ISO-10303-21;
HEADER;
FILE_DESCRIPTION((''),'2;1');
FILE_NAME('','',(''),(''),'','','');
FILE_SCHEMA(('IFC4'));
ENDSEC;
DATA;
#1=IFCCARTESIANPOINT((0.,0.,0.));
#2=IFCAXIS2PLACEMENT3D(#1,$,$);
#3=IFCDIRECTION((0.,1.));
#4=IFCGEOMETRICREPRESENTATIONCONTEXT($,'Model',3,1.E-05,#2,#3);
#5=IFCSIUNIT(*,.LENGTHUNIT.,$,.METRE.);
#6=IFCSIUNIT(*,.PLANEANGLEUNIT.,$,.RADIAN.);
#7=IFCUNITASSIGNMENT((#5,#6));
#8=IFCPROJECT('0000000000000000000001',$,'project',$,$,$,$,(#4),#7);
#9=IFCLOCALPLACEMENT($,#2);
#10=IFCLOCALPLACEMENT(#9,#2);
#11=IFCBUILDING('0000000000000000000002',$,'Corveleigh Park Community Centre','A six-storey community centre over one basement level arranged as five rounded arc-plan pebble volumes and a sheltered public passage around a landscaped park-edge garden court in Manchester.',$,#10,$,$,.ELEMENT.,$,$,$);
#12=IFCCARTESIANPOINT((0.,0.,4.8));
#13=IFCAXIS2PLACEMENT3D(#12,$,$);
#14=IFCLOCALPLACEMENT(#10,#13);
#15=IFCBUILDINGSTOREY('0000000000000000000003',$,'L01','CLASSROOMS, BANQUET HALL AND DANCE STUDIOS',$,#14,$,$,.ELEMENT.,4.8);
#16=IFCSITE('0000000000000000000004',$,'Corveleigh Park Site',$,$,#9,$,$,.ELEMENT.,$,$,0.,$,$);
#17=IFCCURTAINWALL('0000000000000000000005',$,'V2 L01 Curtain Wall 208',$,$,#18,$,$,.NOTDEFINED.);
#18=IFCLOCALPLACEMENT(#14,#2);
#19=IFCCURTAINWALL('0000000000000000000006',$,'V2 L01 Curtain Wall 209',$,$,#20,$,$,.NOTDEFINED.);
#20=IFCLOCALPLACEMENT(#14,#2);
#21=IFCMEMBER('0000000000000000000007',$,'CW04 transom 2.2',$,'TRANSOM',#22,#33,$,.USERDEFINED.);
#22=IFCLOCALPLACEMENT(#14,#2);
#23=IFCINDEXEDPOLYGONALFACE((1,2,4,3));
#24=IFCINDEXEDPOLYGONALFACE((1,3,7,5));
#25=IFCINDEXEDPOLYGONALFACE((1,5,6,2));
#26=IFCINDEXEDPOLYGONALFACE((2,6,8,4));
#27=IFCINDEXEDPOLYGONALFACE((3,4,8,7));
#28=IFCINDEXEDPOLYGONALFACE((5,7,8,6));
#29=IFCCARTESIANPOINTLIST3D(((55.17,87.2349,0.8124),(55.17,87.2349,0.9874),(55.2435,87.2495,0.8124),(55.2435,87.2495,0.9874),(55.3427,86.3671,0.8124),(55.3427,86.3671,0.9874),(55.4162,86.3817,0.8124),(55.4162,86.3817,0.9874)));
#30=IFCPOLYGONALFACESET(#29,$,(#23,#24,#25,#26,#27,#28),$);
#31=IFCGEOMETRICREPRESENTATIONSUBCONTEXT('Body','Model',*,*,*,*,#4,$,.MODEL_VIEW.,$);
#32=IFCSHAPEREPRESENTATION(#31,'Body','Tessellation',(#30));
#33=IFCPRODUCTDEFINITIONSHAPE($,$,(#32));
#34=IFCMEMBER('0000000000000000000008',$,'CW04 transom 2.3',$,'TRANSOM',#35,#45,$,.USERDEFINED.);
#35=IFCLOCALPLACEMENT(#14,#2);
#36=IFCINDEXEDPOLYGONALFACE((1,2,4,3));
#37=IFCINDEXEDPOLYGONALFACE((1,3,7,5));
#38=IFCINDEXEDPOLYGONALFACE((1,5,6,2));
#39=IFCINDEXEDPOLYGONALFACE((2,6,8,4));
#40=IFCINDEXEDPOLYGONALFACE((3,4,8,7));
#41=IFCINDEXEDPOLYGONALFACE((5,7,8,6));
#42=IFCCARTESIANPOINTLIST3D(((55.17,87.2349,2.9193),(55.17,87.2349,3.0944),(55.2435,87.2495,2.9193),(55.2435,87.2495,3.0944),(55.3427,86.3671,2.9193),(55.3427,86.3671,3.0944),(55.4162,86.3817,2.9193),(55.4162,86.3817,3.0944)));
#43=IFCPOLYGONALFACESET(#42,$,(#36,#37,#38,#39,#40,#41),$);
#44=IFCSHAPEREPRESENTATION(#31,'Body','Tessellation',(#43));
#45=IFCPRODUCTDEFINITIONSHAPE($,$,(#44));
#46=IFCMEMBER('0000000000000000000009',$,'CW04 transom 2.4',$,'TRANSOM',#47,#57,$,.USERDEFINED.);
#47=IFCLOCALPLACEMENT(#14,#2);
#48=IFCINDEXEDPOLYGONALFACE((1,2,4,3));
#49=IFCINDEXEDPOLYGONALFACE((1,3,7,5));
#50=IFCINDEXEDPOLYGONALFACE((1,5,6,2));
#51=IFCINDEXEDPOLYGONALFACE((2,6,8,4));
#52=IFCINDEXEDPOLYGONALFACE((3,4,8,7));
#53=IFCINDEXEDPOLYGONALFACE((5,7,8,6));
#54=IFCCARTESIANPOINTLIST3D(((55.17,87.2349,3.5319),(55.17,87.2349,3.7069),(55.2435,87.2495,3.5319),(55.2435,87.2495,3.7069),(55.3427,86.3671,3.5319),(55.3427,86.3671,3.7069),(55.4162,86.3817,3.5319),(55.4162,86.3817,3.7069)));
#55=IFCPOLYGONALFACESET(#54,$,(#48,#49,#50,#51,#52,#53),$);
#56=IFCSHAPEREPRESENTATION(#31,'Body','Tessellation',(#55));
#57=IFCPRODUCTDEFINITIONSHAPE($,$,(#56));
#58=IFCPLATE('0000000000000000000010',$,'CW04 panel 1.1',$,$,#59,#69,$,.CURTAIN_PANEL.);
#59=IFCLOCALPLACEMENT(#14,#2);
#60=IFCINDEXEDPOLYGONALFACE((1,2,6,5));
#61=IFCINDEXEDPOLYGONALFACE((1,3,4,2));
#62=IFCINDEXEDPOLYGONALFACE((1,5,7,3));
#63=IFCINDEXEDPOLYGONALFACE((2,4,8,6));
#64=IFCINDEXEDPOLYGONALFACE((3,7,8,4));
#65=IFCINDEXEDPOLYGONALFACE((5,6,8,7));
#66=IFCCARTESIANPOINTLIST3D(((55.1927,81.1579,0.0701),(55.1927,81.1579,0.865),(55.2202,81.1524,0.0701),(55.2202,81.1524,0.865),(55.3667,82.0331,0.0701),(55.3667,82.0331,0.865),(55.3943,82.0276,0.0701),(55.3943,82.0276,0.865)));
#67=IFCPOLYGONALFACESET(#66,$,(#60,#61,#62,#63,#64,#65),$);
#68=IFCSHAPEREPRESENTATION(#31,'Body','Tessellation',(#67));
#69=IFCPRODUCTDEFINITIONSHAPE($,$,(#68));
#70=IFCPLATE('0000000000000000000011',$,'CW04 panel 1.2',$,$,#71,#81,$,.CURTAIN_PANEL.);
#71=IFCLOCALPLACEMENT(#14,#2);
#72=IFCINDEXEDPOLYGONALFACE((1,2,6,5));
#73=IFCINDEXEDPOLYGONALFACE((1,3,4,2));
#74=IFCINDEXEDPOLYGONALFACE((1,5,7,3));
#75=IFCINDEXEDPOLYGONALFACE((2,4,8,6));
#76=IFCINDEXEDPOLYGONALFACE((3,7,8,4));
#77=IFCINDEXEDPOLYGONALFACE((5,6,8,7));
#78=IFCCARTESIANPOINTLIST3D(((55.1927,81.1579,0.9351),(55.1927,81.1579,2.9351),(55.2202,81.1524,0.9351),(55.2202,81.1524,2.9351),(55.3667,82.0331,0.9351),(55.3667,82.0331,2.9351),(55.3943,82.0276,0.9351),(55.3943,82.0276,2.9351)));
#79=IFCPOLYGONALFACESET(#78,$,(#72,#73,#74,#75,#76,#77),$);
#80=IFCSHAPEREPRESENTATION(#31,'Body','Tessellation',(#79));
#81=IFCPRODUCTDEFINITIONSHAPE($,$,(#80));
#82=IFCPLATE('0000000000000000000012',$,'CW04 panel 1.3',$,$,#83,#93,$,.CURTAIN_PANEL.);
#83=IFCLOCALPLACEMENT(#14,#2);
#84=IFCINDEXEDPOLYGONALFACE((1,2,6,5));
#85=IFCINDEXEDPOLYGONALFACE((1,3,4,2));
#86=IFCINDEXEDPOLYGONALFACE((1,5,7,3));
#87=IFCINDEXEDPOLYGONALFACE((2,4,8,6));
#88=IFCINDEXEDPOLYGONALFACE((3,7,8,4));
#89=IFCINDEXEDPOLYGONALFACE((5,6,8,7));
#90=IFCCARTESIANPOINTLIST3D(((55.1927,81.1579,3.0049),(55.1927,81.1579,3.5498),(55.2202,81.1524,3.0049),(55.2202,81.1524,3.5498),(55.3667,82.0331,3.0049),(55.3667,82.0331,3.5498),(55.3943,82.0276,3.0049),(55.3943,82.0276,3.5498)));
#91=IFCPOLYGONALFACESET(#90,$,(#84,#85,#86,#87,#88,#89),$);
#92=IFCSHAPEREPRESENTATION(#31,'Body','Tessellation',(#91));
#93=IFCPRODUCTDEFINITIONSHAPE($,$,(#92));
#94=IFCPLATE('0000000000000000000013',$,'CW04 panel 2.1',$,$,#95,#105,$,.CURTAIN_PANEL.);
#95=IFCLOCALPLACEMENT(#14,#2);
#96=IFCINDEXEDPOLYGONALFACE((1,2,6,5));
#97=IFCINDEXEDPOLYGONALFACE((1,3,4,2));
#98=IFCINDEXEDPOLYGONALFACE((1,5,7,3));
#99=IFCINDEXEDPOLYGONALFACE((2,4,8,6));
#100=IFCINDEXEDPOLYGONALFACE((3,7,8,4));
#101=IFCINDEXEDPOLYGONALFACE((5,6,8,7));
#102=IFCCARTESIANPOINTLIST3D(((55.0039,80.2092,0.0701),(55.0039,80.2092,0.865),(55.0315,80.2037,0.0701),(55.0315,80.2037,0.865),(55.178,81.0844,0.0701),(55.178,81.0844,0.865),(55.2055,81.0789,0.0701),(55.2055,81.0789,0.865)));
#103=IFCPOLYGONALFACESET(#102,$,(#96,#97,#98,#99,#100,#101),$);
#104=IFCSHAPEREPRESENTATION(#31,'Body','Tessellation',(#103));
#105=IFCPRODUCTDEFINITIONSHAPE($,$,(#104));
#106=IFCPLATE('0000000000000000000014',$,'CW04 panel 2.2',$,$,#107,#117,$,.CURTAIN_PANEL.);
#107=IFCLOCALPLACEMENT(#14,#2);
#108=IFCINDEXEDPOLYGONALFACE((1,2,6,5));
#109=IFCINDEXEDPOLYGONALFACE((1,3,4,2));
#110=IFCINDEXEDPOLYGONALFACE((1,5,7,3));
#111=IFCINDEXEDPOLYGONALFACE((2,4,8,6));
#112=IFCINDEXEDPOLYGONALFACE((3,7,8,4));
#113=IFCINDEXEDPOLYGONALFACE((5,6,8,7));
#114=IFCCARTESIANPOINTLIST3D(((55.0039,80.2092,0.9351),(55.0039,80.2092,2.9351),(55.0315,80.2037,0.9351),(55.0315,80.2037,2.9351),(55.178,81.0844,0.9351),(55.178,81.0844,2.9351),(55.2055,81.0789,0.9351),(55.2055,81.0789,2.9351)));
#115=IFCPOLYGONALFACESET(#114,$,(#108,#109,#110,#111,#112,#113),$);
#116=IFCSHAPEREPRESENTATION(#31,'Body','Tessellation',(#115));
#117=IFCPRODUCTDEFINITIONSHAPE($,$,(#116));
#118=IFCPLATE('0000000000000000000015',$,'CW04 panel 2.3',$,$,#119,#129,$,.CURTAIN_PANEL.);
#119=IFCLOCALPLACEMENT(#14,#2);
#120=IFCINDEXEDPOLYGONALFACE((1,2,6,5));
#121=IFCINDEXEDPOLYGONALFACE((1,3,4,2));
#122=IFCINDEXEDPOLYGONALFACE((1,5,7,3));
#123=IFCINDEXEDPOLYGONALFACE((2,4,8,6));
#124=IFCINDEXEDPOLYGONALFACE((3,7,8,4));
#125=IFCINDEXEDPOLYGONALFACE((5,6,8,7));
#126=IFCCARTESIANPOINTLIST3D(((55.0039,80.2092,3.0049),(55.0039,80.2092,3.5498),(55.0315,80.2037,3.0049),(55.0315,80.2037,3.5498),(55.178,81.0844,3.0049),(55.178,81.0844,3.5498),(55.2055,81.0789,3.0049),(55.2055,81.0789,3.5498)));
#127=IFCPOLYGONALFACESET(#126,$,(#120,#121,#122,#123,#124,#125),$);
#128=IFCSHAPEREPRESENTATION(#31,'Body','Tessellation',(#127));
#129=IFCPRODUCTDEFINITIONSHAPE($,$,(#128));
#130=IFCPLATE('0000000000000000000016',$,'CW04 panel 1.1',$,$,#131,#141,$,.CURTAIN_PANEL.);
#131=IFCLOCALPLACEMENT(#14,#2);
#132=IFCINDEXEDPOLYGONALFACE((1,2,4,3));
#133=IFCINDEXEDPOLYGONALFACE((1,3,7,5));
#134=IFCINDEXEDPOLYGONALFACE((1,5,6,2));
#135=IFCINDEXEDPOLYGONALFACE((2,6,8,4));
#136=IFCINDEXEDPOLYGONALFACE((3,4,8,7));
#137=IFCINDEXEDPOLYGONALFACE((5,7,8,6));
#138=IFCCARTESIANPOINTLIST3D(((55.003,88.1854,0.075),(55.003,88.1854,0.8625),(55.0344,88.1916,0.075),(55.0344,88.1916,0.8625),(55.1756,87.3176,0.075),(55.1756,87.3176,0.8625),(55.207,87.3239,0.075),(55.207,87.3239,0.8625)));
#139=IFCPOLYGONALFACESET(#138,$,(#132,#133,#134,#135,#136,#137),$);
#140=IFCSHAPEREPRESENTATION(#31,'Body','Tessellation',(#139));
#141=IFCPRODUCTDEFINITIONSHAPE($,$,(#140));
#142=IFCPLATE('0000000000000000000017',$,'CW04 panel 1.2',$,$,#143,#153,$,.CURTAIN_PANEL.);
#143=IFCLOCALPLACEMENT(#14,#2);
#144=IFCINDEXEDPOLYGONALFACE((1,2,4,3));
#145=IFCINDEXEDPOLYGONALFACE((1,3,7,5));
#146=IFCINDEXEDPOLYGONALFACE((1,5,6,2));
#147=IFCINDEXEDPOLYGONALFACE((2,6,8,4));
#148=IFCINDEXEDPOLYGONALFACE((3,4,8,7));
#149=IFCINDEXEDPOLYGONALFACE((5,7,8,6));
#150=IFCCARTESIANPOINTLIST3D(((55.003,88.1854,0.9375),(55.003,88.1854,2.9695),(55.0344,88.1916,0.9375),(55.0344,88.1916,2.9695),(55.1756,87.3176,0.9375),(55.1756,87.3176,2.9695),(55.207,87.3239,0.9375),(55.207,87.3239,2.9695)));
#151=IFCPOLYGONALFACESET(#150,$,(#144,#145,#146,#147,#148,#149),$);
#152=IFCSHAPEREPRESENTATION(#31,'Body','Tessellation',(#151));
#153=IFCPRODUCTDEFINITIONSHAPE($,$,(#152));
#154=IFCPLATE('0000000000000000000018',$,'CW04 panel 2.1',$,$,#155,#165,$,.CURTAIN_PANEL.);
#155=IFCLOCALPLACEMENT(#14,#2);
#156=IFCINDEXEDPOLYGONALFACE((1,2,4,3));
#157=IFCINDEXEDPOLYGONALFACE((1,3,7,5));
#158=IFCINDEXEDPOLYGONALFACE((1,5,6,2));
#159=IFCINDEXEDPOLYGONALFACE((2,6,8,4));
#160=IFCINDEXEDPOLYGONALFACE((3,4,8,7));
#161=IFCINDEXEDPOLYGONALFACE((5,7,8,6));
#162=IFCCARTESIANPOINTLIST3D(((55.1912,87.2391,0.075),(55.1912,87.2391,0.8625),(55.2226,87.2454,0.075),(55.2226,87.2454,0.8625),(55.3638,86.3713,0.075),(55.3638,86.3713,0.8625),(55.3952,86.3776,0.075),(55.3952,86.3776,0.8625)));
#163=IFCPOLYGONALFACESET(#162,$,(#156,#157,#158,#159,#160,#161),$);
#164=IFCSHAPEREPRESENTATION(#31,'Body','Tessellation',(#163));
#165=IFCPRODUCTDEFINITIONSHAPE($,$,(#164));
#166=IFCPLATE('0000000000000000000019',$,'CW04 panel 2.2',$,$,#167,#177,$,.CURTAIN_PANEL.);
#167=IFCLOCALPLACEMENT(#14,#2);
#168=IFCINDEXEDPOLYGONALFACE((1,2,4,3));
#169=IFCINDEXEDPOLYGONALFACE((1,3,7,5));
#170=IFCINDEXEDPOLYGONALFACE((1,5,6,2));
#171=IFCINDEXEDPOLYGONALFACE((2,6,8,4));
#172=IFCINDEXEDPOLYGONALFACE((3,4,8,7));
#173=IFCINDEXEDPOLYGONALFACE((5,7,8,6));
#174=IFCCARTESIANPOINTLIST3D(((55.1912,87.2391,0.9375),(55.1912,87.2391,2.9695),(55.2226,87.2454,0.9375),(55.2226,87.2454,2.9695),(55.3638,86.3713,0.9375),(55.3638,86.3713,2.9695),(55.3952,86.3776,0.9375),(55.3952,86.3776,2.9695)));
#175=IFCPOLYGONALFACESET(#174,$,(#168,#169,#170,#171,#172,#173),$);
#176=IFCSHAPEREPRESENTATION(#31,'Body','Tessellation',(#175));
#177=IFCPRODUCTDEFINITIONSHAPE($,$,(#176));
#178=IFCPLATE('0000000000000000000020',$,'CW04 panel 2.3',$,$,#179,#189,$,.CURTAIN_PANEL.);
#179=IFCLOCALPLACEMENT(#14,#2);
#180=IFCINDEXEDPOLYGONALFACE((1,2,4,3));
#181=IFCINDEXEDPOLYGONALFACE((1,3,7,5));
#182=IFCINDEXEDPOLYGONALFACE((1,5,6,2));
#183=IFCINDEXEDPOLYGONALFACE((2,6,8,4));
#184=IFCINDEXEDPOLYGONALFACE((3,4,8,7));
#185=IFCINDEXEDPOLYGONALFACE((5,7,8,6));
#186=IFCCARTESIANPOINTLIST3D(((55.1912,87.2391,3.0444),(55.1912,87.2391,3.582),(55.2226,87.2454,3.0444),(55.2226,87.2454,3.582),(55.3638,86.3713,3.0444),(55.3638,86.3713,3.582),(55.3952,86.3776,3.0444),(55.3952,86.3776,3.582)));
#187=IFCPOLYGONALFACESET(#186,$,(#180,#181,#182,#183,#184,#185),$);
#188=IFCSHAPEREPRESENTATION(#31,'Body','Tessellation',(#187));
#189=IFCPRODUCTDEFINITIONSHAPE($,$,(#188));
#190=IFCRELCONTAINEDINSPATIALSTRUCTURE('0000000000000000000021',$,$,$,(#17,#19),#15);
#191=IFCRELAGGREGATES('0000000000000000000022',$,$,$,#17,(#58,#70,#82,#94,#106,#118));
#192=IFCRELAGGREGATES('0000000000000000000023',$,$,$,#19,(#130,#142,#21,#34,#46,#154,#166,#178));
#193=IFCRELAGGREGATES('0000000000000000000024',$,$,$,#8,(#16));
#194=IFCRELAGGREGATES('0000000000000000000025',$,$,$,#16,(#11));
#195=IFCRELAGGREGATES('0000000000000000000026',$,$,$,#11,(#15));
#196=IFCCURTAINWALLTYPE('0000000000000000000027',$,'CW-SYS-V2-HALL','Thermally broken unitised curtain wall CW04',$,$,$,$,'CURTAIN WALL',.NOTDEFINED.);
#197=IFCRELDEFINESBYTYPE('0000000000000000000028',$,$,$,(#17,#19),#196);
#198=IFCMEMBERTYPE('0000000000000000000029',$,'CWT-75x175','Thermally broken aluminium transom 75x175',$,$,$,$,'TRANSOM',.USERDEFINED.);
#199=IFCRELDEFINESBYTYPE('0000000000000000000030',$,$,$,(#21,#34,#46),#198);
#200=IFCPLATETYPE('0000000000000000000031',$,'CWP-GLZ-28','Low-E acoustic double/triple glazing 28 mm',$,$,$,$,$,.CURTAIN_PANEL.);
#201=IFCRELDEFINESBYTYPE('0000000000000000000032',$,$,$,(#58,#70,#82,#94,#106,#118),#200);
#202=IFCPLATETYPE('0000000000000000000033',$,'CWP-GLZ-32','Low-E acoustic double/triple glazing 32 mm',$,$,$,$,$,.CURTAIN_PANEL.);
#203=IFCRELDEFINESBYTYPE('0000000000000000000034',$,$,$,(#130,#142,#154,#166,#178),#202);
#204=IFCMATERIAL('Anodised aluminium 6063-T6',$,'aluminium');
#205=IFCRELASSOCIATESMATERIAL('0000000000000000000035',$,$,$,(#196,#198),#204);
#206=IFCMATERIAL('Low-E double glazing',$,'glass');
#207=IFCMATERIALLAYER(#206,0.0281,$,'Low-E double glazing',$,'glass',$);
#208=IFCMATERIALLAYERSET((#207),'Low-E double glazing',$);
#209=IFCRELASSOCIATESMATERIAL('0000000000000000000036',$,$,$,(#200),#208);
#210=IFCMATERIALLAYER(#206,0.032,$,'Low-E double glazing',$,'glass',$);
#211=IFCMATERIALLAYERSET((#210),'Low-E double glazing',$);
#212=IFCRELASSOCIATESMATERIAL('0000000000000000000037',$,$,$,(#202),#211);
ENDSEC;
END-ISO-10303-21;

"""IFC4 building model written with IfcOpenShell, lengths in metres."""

from ifc_helpers import new_model, si_unit, direction, frame, origin, origin_2d, place, context, subcontext, project, spatial, rectangle, extrude, material, layer, layer_set, material_profile, profile_set, type_object, element, aggregate, save


model = new_model("IFC4")

# Units and contexts
model_context = context("Model", 3, precision=1e-05, world=origin(), true_north=direction((0.0, 1.0)))
body_context = subcontext(model_context, "Body", "Model", "MODEL_VIEW")
ifc_project = project(units=[si_unit("LENGTHUNIT", "METRE"), si_unit("PLANEANGLEUNIT", "RADIAN")], contexts=[model_context])

# Site, building, storey
site_placement = place(None, origin())
site = spatial("IfcSite", under=ifc_project, at=site_placement, Name="Corveleigh Park Site", CompositionType="ELEMENT", RefElevation=0.0)
building_placement = place(site_placement, origin())
building = spatial("IfcBuilding", under=site, at=building_placement, Name="Corveleigh Park Community Centre", Description="A six-storey community centre over one basement level arranged as five rounded arc-plan pebble volumes and a sheltered public passage around a landscaped park-edge garden court in Manchester.", CompositionType="ELEMENT")
storey_placement = place(building_placement, frame((0.0, 0.0, 4.8)))
storey = spatial("IfcBuildingStorey", under=building, at=storey_placement, Name="L01", Description="CLASSROOMS, BANQUET HALL AND DANCE STUDIOS", CompositionType="ELEMENT", Elevation=4.8)

# Curtain walls
ifc_material_1 = material(Name="Anodised aluminium 6063-T6", Category="aluminium")
curtain_wall_type = type_object("IfcCurtainWallType", Name="CW-SYS-V2-HALL", Description="Thermally broken unitised curtain wall CW04", ElementType="CURTAIN WALL", PredefinedType="NOTDEFINED", material=ifc_material_1)
curtain_wall_1_placement = place(storey_placement, origin())
curtain_wall_1 = element("IfcCurtainWall", 1, at=curtain_wall_1_placement, inside=storey, type_object=curtain_wall_type, Name="V2 L01 Curtain Wall 208", PredefinedType="NOTDEFINED")
curtain_wall_2_placement = place(storey_placement, origin())
curtain_wall_2 = element("IfcCurtainWall", 2, at=curtain_wall_2_placement, inside=storey, type_object=curtain_wall_type, Name="V2 L01 Curtain Wall 209", PredefinedType="NOTDEFINED")

# Members
ifc_material_profile_1 = material_profile(ifc_material_1, rectangle(XDim=0.075, YDim=0.175, at=origin_2d()), Name="ALU-T75x175", Category="aluminium")
ifc_profile_set_1 = profile_set([ifc_material_profile_1], Name="Anodised aluminium 6063-T6")
member_type_1 = type_object("IfcMemberType", Name="CWT-75x175", Description="Thermally broken aluminium transom 75x175", ElementType="TRANSOM", PredefinedType="USERDEFINED", material=ifc_profile_set_1)
member_1_placement = place(storey_placement, frame((55.2068, 87.2422, 0.8999), z_axis=(0.195108, -0.980782, 0.0), x_axis=(0.980782, 0.195108, 0.0)))
member_1 = element("IfcMember", 3, at=member_1_placement, type_object=member_type_1, Name="CW04 transom 2.2", ObjectType="TRANSOM", PredefinedType="USERDEFINED", context=body_context, shape_type="SweptSolid", body=[
    extrude(rectangle(XDim=0.075, YDim=0.175, at=origin_2d()), origin(), (0.0, 0.0, 1.0), 0.8848),
])
member_2_placement = place(storey_placement, frame((55.2068, 87.2422, 3.0068), z_axis=(0.195108, -0.980782, 0.0), x_axis=(0.980782, 0.195108, 0.0)))
member_2 = element("IfcMember", 4, at=member_2_placement, type_object=member_type_1, Name="CW04 transom 2.3", ObjectType="TRANSOM", PredefinedType="USERDEFINED", context=body_context, shape_type="SweptSolid", body=[
    extrude(rectangle(XDim=0.075, YDim=0.175, at=origin_2d()), origin(), (0.0, 0.0, 1.0), 0.8848),
])
member_3_placement = place(storey_placement, frame((55.2068, 87.2422, 3.6194), z_axis=(0.195108, -0.980782, 0.0), x_axis=(0.980782, 0.195108, 0.0)))
member_3 = element("IfcMember", 5, at=member_3_placement, type_object=member_type_1, Name="CW04 transom 2.4", ObjectType="TRANSOM", PredefinedType="USERDEFINED", context=body_context, shape_type="SweptSolid", body=[
    extrude(rectangle(XDim=0.075, YDim=0.175, at=origin_2d()), origin(), (0.0, 0.0, 1.0), 0.8848),
])

# Plates
ifc_material_2 = material(Name="Low-E double glazing", Category="glass")
ifc_layer_1 = layer(ifc_material_2, 0.0281, Name="Low-E double glazing", Category="glass")
ifc_layer_set_1 = layer_set([ifc_layer_1], Name="Low-E double glazing")
plate_type_1 = type_object("IfcPlateType", Name="CWP-GLZ-28", Description="Low-E acoustic double/triple glazing 28 mm", PredefinedType="CURTAIN_PANEL", material=ifc_layer_set_1)
plate_1_placement = place(storey_placement, frame((55.2935, 81.5928, 0.0701), z_axis=(0.0, 0.0, 1.0), x_axis=(-0.195063, -0.980791, 0.0)))
plate_1 = element("IfcPlate", 6, at=plate_1_placement, type_object=plate_type_1, Name="CW04 panel 1.1", PredefinedType="CURTAIN_PANEL", context=body_context, shape_type="SweptSolid", body=[
    extrude(rectangle(XDim=0.8923, YDim=0.0281, at=origin_2d()), origin(), (0.0, 0.0, 1.0), 0.7949),
])
plate_2_placement = place(storey_placement, frame((55.2935, 81.5928, 0.9351), z_axis=(0.0, 0.0, 1.0), x_axis=(-0.195063, -0.980791, 0.0)))
plate_2 = element("IfcPlate", 7, at=plate_2_placement, type_object=plate_type_1, Name="CW04 panel 1.2", PredefinedType="CURTAIN_PANEL", context=body_context, shape_type="SweptSolid", body=[
    extrude(rectangle(XDim=0.8923, YDim=0.0281, at=origin_2d()), origin(), (0.0, 0.0, 1.0), 2.0),
])
plate_3_placement = place(storey_placement, frame((55.2935, 81.5928, 3.0049), z_axis=(0.0, 0.0, 1.0), x_axis=(-0.195063, -0.980791, 0.0)))
plate_3 = element("IfcPlate", 8, at=plate_3_placement, type_object=plate_type_1, Name="CW04 panel 1.3", PredefinedType="CURTAIN_PANEL", context=body_context, shape_type="SweptSolid", body=[
    extrude(rectangle(XDim=0.8923, YDim=0.0281, at=origin_2d()), origin(), (0.0, 0.0, 1.0), 0.5449),
])
plate_4_placement = place(storey_placement, frame((55.1047, 80.644, 0.0701), z_axis=(0.0, 0.0, 1.0), x_axis=(-0.195063, -0.980791, 0.0)))
plate_4 = element("IfcPlate", 9, at=plate_4_placement, type_object=plate_type_1, Name="CW04 panel 2.1", PredefinedType="CURTAIN_PANEL", context=body_context, shape_type="SweptSolid", body=[
    extrude(rectangle(XDim=0.8923, YDim=0.0281, at=origin_2d()), origin(), (0.0, 0.0, 1.0), 0.7949),
])
plate_5_placement = place(storey_placement, frame((55.1047, 80.644, 0.9351), z_axis=(0.0, 0.0, 1.0), x_axis=(-0.195063, -0.980791, 0.0)))
plate_5 = element("IfcPlate", 10, at=plate_5_placement, type_object=plate_type_1, Name="CW04 panel 2.2", PredefinedType="CURTAIN_PANEL", context=body_context, shape_type="SweptSolid", body=[
    extrude(rectangle(XDim=0.8923, YDim=0.0281, at=origin_2d()), origin(), (0.0, 0.0, 1.0), 2.0),
])
plate_6_placement = place(storey_placement, frame((55.1047, 80.644, 3.0049), z_axis=(0.0, 0.0, 1.0), x_axis=(-0.195063, -0.980791, 0.0)))
plate_6 = element("IfcPlate", 11, at=plate_6_placement, type_object=plate_type_1, Name="CW04 panel 2.3", PredefinedType="CURTAIN_PANEL", context=body_context, shape_type="SweptSolid", body=[
    extrude(rectangle(XDim=0.8923, YDim=0.0281, at=origin_2d()), origin(), (0.0, 0.0, 1.0), 0.5449),
])
aggregate(curtain_wall_1, [plate_1, plate_2, plate_3, plate_4, plate_5, plate_6])
ifc_layer_2 = layer(ifc_material_2, 0.032, Name="Low-E double glazing", Category="glass")
ifc_layer_set_2 = layer_set([ifc_layer_2], Name="Low-E double glazing")
plate_type_2 = type_object("IfcPlateType", Name="CWP-GLZ-32", Description="Low-E acoustic double/triple glazing 32 mm", PredefinedType="CURTAIN_PANEL", material=ifc_layer_set_2)
plate_7_placement = place(storey_placement, frame((55.105, 87.7546, 0.075), z_axis=(0.0, 0.0, 1.0), x_axis=(0.195063, -0.980791, 0.0)))
plate_7 = element("IfcPlate", 12, at=plate_7_placement, type_object=plate_type_2, Name="CW04 panel 1.1", PredefinedType="CURTAIN_PANEL", context=body_context, shape_type="SweptSolid", body=[
    extrude(rectangle(XDim=0.8848, YDim=0.032, at=origin_2d()), origin(), (0.0, 0.0, 1.0), 0.7876),
])
plate_8_placement = place(storey_placement, frame((55.105, 87.7546, 0.9375), z_axis=(0.0, 0.0, 1.0), x_axis=(0.195063, -0.980791, 0.0)))
plate_8 = element("IfcPlate", 13, at=plate_8_placement, type_object=plate_type_2, Name="CW04 panel 1.2", PredefinedType="CURTAIN_PANEL", context=body_context, shape_type="SweptSolid", body=[
    extrude(rectangle(XDim=0.8848, YDim=0.032, at=origin_2d()), origin(), (0.0, 0.0, 1.0), 2.032),
])
plate_9_placement = place(storey_placement, frame((55.2932, 86.8083, 0.075), z_axis=(0.0, 0.0, 1.0), x_axis=(0.195063, -0.980791, 0.0)))
plate_9 = element("IfcPlate", 14, at=plate_9_placement, type_object=plate_type_2, Name="CW04 panel 2.1", PredefinedType="CURTAIN_PANEL", context=body_context, shape_type="SweptSolid", body=[
    extrude(rectangle(XDim=0.8848, YDim=0.032, at=origin_2d()), origin(), (0.0, 0.0, 1.0), 0.7876),
])
plate_10_placement = place(storey_placement, frame((55.2932, 86.8083, 0.9375), z_axis=(0.0, 0.0, 1.0), x_axis=(0.195063, -0.980791, 0.0)))
plate_10 = element("IfcPlate", 15, at=plate_10_placement, type_object=plate_type_2, Name="CW04 panel 2.2", PredefinedType="CURTAIN_PANEL", context=body_context, shape_type="SweptSolid", body=[
    extrude(rectangle(XDim=0.8848, YDim=0.032, at=origin_2d()), origin(), (0.0, 0.0, 1.0), 2.032),
])
plate_11_placement = place(storey_placement, frame((55.2932, 86.8083, 3.0444), z_axis=(0.0, 0.0, 1.0), x_axis=(0.195063, -0.980791, 0.0)))
plate_11 = element("IfcPlate", 16, at=plate_11_placement, type_object=plate_type_2, Name="CW04 panel 2.3", PredefinedType="CURTAIN_PANEL", context=body_context, shape_type="SweptSolid", body=[
    extrude(rectangle(XDim=0.8848, YDim=0.032, at=origin_2d()), origin(), (0.0, 0.0, 1.0), 0.5376),
])
aggregate(curtain_wall_2, [plate_7, plate_8, member_1, member_2, member_3, plate_9, plate_10, plate_11])

save(model, "model.ifc")
